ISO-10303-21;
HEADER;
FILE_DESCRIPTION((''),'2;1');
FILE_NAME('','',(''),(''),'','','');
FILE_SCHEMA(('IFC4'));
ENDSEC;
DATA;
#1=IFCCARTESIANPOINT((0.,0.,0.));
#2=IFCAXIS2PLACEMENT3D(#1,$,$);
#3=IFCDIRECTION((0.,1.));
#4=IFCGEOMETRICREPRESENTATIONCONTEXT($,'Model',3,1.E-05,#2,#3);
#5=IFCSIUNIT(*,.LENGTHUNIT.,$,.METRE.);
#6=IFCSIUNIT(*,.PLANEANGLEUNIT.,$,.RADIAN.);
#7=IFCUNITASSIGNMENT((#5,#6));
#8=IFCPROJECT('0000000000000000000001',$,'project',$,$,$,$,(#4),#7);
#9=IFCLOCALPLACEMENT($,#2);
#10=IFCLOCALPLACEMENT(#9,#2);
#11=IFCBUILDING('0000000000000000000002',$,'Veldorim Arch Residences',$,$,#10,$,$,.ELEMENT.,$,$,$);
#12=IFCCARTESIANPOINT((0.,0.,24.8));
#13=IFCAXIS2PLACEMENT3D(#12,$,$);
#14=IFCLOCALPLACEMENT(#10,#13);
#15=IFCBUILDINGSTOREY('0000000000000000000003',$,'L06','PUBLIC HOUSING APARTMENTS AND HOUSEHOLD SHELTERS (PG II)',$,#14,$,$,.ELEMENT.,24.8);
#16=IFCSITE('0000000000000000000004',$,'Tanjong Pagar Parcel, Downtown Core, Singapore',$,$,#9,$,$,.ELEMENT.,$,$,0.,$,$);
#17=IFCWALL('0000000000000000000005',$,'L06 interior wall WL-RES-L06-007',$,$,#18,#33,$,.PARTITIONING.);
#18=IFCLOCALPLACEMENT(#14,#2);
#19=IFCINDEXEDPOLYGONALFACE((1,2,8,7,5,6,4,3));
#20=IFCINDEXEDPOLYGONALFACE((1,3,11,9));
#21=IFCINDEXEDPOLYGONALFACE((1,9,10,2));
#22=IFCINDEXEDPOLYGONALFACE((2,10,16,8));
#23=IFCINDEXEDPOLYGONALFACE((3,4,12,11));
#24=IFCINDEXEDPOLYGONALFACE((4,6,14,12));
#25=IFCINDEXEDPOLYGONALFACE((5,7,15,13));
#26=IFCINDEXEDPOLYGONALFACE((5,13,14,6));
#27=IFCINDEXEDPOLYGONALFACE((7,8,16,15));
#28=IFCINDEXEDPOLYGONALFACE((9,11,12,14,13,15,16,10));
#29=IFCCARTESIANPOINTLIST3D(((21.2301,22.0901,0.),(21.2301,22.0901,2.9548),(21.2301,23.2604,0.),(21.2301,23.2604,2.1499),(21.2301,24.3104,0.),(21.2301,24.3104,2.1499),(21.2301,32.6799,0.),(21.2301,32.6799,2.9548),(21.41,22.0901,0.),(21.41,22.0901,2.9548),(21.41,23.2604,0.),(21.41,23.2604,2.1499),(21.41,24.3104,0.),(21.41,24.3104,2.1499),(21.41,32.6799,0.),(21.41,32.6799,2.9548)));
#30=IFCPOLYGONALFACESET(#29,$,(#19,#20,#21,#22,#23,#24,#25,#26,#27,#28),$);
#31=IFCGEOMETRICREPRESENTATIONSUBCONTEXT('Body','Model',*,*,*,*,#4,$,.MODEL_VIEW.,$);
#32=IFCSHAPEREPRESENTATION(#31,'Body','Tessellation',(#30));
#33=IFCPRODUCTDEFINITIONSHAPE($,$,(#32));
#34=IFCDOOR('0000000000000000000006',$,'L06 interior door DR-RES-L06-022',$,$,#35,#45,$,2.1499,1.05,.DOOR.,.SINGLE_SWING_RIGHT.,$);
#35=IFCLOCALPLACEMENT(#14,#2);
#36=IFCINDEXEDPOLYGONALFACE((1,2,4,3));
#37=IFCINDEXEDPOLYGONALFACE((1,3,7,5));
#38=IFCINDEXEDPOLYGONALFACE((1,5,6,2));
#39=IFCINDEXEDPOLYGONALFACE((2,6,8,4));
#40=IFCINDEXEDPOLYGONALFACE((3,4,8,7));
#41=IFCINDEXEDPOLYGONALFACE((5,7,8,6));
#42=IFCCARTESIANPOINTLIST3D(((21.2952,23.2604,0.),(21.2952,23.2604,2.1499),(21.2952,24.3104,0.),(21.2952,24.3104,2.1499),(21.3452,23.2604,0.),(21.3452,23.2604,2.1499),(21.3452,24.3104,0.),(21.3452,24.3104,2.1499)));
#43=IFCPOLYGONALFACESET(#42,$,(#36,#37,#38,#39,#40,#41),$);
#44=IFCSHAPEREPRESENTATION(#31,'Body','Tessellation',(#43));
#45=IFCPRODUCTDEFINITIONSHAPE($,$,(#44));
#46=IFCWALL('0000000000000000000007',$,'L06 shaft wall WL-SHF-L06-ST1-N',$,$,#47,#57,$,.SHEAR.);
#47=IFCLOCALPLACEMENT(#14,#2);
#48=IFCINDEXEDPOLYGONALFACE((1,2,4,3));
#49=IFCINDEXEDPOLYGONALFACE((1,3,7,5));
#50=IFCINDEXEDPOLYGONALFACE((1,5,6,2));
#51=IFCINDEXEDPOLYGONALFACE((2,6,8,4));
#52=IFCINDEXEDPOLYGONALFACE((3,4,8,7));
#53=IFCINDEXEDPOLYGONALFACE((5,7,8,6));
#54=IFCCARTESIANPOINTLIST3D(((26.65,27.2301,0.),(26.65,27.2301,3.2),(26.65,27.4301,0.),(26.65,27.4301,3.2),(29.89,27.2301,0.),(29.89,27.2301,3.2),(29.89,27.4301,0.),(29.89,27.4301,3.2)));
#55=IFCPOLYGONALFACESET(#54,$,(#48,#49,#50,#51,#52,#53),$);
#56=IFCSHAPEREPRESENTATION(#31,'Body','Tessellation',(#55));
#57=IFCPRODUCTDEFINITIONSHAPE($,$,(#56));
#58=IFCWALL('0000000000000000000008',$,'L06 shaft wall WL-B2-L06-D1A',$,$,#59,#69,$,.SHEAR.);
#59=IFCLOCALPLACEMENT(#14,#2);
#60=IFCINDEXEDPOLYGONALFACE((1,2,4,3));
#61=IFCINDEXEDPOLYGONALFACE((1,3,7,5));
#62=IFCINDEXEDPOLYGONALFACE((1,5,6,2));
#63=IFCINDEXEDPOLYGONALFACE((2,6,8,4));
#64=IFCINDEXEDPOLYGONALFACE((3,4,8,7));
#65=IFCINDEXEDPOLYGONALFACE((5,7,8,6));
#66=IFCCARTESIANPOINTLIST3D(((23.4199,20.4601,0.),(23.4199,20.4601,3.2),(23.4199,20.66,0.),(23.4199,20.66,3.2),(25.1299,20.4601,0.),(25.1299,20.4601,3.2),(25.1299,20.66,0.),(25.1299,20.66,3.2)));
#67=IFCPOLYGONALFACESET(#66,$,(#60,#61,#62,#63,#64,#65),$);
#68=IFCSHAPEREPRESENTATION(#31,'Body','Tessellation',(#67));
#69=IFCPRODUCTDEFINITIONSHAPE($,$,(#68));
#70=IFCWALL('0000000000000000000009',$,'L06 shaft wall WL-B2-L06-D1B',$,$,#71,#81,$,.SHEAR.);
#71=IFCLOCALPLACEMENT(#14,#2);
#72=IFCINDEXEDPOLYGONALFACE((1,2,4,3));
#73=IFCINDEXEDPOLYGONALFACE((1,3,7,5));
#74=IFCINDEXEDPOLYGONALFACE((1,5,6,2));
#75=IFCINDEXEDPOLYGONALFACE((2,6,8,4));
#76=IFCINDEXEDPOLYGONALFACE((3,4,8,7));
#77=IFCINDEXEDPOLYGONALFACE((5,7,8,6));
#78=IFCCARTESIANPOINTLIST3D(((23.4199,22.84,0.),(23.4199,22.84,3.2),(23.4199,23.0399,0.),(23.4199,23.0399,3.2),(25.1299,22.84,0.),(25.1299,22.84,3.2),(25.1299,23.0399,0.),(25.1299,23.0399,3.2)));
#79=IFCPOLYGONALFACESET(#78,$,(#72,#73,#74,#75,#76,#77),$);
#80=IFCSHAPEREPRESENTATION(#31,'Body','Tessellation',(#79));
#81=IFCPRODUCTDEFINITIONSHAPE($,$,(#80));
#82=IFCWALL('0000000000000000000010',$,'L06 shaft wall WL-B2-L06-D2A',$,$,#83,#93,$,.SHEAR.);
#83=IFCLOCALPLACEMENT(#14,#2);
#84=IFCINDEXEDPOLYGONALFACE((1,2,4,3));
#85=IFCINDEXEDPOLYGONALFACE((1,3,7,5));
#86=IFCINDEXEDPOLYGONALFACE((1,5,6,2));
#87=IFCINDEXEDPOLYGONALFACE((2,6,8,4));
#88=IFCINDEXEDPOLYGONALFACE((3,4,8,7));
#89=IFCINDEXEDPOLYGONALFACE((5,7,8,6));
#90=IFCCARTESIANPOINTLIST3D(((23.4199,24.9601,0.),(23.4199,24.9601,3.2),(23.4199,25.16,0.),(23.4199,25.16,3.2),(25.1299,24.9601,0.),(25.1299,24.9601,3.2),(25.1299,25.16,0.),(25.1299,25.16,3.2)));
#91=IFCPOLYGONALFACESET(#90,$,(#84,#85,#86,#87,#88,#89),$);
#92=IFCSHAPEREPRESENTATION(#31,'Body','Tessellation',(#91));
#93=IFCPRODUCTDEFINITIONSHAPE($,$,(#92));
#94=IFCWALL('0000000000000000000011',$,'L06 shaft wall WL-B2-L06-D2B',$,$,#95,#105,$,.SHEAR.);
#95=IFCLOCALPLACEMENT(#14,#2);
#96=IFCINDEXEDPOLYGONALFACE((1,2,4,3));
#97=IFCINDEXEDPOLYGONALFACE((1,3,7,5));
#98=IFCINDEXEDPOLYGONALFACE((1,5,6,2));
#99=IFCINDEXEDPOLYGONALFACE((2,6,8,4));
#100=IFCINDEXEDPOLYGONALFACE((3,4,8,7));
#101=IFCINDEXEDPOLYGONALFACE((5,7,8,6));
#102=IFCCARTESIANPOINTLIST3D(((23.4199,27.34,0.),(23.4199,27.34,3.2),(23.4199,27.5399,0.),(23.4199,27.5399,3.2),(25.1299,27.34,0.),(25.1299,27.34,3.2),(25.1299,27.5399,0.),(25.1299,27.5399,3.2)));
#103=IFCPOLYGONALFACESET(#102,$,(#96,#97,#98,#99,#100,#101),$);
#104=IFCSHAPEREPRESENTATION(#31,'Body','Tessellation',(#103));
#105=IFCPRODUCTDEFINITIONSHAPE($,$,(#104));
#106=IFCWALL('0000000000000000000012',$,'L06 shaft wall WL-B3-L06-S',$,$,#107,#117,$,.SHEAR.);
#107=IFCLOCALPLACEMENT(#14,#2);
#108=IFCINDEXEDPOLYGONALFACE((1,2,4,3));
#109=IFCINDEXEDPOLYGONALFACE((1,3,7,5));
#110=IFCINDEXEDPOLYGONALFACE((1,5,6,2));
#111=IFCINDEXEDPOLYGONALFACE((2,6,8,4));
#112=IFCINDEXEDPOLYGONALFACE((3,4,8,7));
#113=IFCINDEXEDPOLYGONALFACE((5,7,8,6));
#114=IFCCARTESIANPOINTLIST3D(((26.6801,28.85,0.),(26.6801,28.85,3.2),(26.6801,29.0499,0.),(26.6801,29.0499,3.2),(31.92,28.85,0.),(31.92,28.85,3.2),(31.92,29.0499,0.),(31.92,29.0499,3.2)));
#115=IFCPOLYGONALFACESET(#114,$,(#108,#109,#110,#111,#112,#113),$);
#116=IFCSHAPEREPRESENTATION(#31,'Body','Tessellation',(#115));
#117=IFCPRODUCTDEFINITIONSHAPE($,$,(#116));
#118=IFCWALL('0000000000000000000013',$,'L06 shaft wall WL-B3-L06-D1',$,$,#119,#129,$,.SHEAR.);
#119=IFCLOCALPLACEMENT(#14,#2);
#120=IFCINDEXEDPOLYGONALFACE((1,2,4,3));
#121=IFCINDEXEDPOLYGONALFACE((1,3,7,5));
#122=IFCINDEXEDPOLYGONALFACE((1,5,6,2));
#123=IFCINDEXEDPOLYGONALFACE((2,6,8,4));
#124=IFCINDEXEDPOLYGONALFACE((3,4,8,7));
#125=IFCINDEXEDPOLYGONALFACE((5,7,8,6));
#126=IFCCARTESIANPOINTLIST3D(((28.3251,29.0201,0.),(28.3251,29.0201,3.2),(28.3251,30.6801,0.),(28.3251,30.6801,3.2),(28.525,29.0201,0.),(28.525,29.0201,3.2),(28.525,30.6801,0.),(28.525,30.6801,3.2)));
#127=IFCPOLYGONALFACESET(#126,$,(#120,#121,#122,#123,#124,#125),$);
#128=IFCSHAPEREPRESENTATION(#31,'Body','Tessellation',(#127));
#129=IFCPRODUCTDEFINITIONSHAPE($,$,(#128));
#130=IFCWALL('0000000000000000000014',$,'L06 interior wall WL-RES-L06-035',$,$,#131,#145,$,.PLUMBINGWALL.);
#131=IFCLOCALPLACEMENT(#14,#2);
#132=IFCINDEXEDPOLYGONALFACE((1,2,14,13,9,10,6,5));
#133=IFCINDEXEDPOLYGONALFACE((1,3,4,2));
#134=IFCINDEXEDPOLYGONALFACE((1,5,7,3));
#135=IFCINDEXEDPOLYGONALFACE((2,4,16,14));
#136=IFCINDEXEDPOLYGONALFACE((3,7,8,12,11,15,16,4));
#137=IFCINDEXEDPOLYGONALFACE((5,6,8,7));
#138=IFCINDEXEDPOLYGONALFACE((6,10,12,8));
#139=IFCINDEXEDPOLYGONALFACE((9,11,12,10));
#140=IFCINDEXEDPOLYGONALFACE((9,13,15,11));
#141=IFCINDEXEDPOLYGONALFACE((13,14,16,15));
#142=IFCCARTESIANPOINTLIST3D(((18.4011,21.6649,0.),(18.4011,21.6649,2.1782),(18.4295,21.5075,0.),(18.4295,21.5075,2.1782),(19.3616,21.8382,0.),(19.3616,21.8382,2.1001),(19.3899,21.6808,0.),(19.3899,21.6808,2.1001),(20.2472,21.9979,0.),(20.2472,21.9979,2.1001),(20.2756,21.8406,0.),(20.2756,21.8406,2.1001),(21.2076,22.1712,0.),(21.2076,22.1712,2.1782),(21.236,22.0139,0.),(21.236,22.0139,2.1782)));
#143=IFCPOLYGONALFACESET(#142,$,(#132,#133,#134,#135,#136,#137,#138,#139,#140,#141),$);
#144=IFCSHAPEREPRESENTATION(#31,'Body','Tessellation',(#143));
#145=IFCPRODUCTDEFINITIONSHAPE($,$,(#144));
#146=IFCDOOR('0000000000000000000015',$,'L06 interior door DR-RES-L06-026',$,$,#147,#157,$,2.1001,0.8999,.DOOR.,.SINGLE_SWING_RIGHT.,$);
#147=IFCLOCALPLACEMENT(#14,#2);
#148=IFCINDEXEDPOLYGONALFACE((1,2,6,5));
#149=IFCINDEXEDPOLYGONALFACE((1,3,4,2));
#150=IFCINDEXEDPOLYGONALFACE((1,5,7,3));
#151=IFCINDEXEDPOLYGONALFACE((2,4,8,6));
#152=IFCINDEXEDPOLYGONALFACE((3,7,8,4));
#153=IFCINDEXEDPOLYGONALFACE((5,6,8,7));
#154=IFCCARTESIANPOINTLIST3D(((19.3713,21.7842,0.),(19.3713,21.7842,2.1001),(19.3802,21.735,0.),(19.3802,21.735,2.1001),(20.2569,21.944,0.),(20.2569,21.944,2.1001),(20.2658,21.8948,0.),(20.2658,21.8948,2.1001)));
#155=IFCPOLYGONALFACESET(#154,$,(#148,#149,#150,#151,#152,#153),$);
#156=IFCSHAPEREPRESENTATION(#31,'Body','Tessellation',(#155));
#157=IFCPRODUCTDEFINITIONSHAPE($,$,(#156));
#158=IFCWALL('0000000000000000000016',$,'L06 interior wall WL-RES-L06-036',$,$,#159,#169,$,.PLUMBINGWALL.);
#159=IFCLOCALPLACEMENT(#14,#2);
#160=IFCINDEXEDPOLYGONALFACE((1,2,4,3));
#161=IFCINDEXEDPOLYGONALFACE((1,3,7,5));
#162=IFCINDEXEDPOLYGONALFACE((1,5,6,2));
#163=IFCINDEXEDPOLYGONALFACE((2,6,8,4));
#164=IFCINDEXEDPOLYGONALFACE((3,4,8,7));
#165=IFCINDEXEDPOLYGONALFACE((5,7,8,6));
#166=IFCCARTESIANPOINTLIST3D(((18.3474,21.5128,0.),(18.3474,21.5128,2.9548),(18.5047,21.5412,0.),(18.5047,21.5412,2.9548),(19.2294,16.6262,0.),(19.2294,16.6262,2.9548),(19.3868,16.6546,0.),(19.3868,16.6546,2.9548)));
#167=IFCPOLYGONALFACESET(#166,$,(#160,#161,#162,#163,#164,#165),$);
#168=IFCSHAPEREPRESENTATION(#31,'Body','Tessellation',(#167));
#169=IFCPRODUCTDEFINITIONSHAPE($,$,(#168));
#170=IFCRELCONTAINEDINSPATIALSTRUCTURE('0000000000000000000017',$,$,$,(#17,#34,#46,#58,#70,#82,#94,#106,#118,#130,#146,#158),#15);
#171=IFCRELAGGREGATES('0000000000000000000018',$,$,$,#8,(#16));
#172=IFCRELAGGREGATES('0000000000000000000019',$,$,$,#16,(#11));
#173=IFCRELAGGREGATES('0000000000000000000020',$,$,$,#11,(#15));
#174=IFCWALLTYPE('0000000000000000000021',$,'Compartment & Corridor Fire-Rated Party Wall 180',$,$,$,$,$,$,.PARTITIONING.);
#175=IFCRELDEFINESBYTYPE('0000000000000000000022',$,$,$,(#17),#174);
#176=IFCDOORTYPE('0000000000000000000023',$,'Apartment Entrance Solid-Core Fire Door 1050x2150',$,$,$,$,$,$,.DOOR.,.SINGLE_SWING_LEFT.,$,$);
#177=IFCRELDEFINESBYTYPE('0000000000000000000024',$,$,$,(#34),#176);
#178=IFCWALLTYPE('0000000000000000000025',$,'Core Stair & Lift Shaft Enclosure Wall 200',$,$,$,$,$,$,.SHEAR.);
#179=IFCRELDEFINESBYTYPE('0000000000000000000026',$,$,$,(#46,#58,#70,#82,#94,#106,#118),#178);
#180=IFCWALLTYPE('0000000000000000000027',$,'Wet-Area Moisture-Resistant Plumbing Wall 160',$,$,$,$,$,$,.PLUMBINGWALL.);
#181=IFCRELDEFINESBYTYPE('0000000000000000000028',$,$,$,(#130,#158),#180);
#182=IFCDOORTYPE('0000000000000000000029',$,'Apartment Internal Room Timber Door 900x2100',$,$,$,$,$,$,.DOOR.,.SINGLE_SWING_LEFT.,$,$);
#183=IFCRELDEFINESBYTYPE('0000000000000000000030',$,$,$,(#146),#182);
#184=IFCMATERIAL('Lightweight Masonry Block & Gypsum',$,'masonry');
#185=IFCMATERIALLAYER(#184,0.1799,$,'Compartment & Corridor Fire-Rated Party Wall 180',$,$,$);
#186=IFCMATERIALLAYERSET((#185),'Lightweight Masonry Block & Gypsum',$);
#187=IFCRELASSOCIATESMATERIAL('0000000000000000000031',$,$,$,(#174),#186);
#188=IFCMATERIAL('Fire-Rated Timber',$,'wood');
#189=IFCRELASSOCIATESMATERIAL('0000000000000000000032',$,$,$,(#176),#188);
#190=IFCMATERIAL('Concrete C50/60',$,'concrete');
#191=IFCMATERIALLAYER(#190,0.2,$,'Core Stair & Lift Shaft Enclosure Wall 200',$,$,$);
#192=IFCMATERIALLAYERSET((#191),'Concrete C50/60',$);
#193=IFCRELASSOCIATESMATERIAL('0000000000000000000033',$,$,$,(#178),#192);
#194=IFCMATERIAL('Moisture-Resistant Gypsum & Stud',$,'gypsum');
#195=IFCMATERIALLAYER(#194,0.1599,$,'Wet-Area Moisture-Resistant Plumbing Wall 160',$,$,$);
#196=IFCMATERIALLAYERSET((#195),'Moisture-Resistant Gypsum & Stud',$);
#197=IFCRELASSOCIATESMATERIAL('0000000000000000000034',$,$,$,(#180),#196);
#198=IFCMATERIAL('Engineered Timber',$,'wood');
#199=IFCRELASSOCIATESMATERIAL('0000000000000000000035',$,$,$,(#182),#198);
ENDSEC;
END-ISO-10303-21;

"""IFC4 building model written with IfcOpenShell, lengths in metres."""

from ifc_helpers import new_model, si_unit, direction, frame, frame_2d, origin, place, context, subcontext, project, spatial, rectangle, extrude, material, layer, layer_set, type_object, element, fill, save


model = new_model("IFC4")

# Units and contexts
model_context = context("Model", 3, precision=1e-05, world=origin(), true_north=direction((0.0, 1.0)))
body_context = subcontext(model_context, "Body", "Model", "MODEL_VIEW")
ifc_project = project(units=[si_unit("LENGTHUNIT", "METRE"), si_unit("PLANEANGLEUNIT", "RADIAN")], contexts=[model_context])

# Site, building, storey
site_placement = place(None, origin())
site = spatial("IfcSite", under=ifc_project, at=site_placement, Name="Tanjong Pagar Parcel, Downtown Core, Singapore", CompositionType="ELEMENT", RefElevation=0.0)
building_placement = place(site_placement, origin())
building = spatial("IfcBuilding", under=site, at=building_placement, Name="Veldorim Arch Residences", CompositionType="ELEMENT")
storey_placement = place(building_placement, frame((0.0, 0.0, 24.8)))
storey = spatial("IfcBuildingStorey", under=building, at=storey_placement, Name="L06", Description="PUBLIC HOUSING APARTMENTS AND HOUSEHOLD SHELTERS (PG II)", CompositionType="ELEMENT", Elevation=24.8)

# Wall, opening, door
ifc_material_1 = material(Name="Lightweight Masonry Block & Gypsum", Category="masonry")
ifc_layer_1 = layer(ifc_material_1, 0.1799, Name="Compartment & Corridor Fire-Rated Party Wall 180")
ifc_layer_set_1 = layer_set([ifc_layer_1], Name="Lightweight Masonry Block & Gypsum")
wall_type_1 = type_object("IfcWallType", Name="Compartment & Corridor Fire-Rated Party Wall 180", PredefinedType="PARTITIONING", material=ifc_layer_set_1)
wall_1_placement = place(storey_placement, frame((21.3201, 22.0901, 0.0), z_axis=(0.0, 0.0, 1.0), x_axis=(0.0, 1.0, 0.0)))
wall_1 = element("IfcWall", 1, at=wall_1_placement, inside=storey, type_object=wall_type_1, Name="L06 interior wall WL-RES-L06-007", PredefinedType="PARTITIONING", context=body_context, shape_type="SweptSolid", body=[
    extrude(rectangle(XDim=10.5898, YDim=0.1799, at=frame_2d((5.2949, 0.0))), origin(), (0.0, 0.0, 1.0), 2.9548),
])
opening_1_placement = place(wall_1_placement, frame((1.1704, 0.0, 0.0)))
opening_1 = element("IfcOpeningElement", 2, at=opening_1_placement, cuts=wall_1, PredefinedType="OPENING", context=body_context, shape_type="SweptSolid", body=[
    extrude(rectangle(XDim=1.05, YDim=2.1499, at=frame_2d((0.5249, 1.075))), frame((0.0, 0.0999, 0.0), z_axis=(0.0, -1.0, 0.0), x_axis=(1.0, 0.0, 0.0)), (0.0, 0.0, 1.0), 0.2),
])
ifc_material_2 = material(Name="Fire-Rated Timber", Category="wood")
door_type_1 = type_object("IfcDoorType", Name="Apartment Entrance Solid-Core Fire Door 1050x2150", OperationType="SINGLE_SWING_LEFT", PredefinedType="DOOR", material=ifc_material_2)
door_1_placement = place(opening_1_placement, origin())
door_1 = element("IfcDoor", 3, at=door_1_placement, inside=storey, type_object=door_type_1, Name="L06 interior door DR-RES-L06-022", OperationType="SINGLE_SWING_RIGHT", OverallHeight=2.1499, OverallWidth=1.05, PredefinedType="DOOR", context=body_context, shape_type="SweptSolid", body=[
    extrude(rectangle(XDim=1.05, YDim=2.1499, at=frame_2d((0.5249, 1.075))), frame((0.0, 0.0249, 0.0), z_axis=(0.0, -1.0, 0.0), x_axis=(1.0, 0.0, 0.0)), (0.0, 0.0, 1.0), 0.05),
])
fill(opening_1, door_1)

# Wall
ifc_material_3 = material(Name="Concrete C50/60", Category="concrete")
ifc_layer_2 = layer(ifc_material_3, 0.2, Name="Core Stair & Lift Shaft Enclosure Wall 200")
ifc_layer_set_2 = layer_set([ifc_layer_2], Name="Concrete C50/60")
wall_type_2 = type_object("IfcWallType", Name="Core Stair & Lift Shaft Enclosure Wall 200", PredefinedType="SHEAR", material=ifc_layer_set_2)
wall_2_placement = place(storey_placement, frame((26.6499, 27.3301, 0.0), z_axis=(0.0, 0.0, 1.0), x_axis=(1.0, 0.0, 0.0)))
element("IfcWall", 4, at=wall_2_placement, inside=storey, type_object=wall_type_2, Name="L06 shaft wall WL-SHF-L06-ST1-N", PredefinedType="SHEAR", context=body_context, shape_type="SweptSolid", body=[
    extrude(rectangle(XDim=3.24, YDim=0.2, at=frame_2d((1.6201, 0.0))), origin(), (0.0, 0.0, 1.0), 3.2),
])

# Walls
for number, where, z_axis, x_axis, name in (
    (5, (23.4199, 20.5601, 0.0), (0.0, 0.0, 1.0), (1.0, 0.0, 0.0), "L06 shaft wall WL-B2-L06-D1A"),
    (6, (23.4199, 22.9399, 0.0), (0.0, 0.0, 1.0), (1.0, 0.0, 0.0), "L06 shaft wall WL-B2-L06-D1B"),
    (7, (23.4199, 25.0601, 0.0), (0.0, 0.0, 1.0), (1.0, 0.0, 0.0), "L06 shaft wall WL-B2-L06-D2A"),
    (8, (23.4199, 27.4399, 0.0), (0.0, 0.0, 1.0), (1.0, 0.0, 0.0), "L06 shaft wall WL-B2-L06-D2B"),
):
    element("IfcWall", number, at=place(storey_placement, frame(where, z_axis=z_axis, x_axis=x_axis)), inside=storey, type_object=wall_type_2, Name=name, PredefinedType="SHEAR", context=body_context, shape_type="SweptSolid", body=[
        extrude(rectangle(XDim=1.71, YDim=0.2, at=frame_2d((0.855, 0.0))), origin(), (0.0, 0.0, 1.0), 3.2),
    ])
wall_3_placement = place(storey_placement, frame((26.6799, 28.95, 0.0), z_axis=(0.0, 0.0, 1.0), x_axis=(1.0, 0.0, 0.0)))
element("IfcWall", 9, at=wall_3_placement, inside=storey, type_object=wall_type_2, Name="L06 shaft wall WL-B3-L06-S", PredefinedType="SHEAR", context=body_context, shape_type="SweptSolid", body=[
    extrude(rectangle(XDim=5.24, YDim=0.2, at=frame_2d((2.6201, 0.0))), origin(), (0.0, 0.0, 1.0), 3.2),
])
wall_4_placement = place(storey_placement, frame((28.425, 29.02, 0.0), z_axis=(0.0, 0.0, 1.0), x_axis=(0.0, 1.0, 0.0)))
element("IfcWall", 10, at=wall_4_placement, inside=storey, type_object=wall_type_2, Name="L06 shaft wall WL-B3-L06-D1", PredefinedType="SHEAR", context=body_context, shape_type="SweptSolid", body=[
    extrude(rectangle(XDim=1.6599, YDim=0.2, at=frame_2d((0.8301, 0.0))), origin(), (0.0, 0.0, 1.0), 3.2),
])

# Wall, opening, door
ifc_material_4 = material(Name="Moisture-Resistant Gypsum & Stud", Category="gypsum")
ifc_layer_3 = layer(ifc_material_4, 0.1599, Name="Wet-Area Moisture-Resistant Plumbing Wall 160")
ifc_layer_set_3 = layer_set([ifc_layer_3], Name="Moisture-Resistant Gypsum & Stud")
wall_type_3 = type_object("IfcWallType", Name="Wet-Area Moisture-Resistant Plumbing Wall 160", PredefinedType="PLUMBINGWALL", material=ifc_layer_set_3)
wall_5_placement = place(storey_placement, frame((21.2217, 22.0925, 0.0), z_axis=(0.0, 0.0, 1.0), x_axis=(-0.98411, -0.177559, 0.0)))
wall_5 = element("IfcWall", 11, at=wall_5_placement, inside=storey, type_object=wall_type_3, Name="L06 interior wall WL-RES-L06-035", PredefinedType="PLUMBINGWALL", context=body_context, shape_type="SweptSolid", body=[
    extrude(rectangle(XDim=2.8518, YDim=0.1599, at=frame_2d((1.4258, 0.0))), origin(), (0.0, 0.0, 1.0), 2.1782),
])
opening_2_placement = place(wall_5_placement, frame((0.9758, 0.0, 0.0)))
opening_2 = element("IfcOpeningElement", 12, at=opening_2_placement, cuts=wall_5, PredefinedType="OPENING", context=body_context, shape_type="SweptSolid", body=[
    extrude(rectangle(XDim=0.8999, YDim=2.1001, at=frame_2d((0.45, 1.05))), frame((0.0, 0.0898, 0.0), z_axis=(0.0, -1.0, 0.0), x_axis=(1.0, 0.0, 0.0)), (0.0, 0.0, 1.0), 0.1799),
])
ifc_material_5 = material(Name="Engineered Timber", Category="wood")
door_type_2 = type_object("IfcDoorType", Name="Apartment Internal Room Timber Door 900x2100", OperationType="SINGLE_SWING_LEFT", PredefinedType="DOOR", material=ifc_material_5)
door_2_placement = place(opening_2_placement, origin())
door_2 = element("IfcDoor", 13, at=door_2_placement, inside=storey, type_object=door_type_2, Name="L06 interior door DR-RES-L06-026", OperationType="SINGLE_SWING_RIGHT", OverallHeight=2.1001, OverallWidth=0.8999, PredefinedType="DOOR", context=body_context, shape_type="SweptSolid", body=[
    extrude(rectangle(XDim=0.8999, YDim=2.1001, at=frame_2d((0.45, 1.05))), frame((0.0, 0.0249, 0.0), z_axis=(0.0, -1.0, 0.0), x_axis=(1.0, 0.0, 0.0)), (0.0, 0.0, 1.0), 0.05),
])
fill(opening_2, door_2)

# Wall
wall_6_placement = place(storey_placement, frame((18.426, 21.5271, 0.0), z_axis=(0.0, 0.0, 1.0), x_axis=(0.177635, -0.984096, 0.0)))
element("IfcWall", 14, at=wall_6_placement, inside=storey, type_object=wall_type_3, Name="L06 interior wall WL-RES-L06-036", PredefinedType="PLUMBINGWALL", context=body_context, shape_type="SweptSolid", body=[
    extrude(rectangle(XDim=4.9656, YDim=0.1599, at=frame_2d((2.4829, 0.0))), origin(), (0.0, 0.0, 1.0), 2.9548),
])

save(model, "model.ifc")
